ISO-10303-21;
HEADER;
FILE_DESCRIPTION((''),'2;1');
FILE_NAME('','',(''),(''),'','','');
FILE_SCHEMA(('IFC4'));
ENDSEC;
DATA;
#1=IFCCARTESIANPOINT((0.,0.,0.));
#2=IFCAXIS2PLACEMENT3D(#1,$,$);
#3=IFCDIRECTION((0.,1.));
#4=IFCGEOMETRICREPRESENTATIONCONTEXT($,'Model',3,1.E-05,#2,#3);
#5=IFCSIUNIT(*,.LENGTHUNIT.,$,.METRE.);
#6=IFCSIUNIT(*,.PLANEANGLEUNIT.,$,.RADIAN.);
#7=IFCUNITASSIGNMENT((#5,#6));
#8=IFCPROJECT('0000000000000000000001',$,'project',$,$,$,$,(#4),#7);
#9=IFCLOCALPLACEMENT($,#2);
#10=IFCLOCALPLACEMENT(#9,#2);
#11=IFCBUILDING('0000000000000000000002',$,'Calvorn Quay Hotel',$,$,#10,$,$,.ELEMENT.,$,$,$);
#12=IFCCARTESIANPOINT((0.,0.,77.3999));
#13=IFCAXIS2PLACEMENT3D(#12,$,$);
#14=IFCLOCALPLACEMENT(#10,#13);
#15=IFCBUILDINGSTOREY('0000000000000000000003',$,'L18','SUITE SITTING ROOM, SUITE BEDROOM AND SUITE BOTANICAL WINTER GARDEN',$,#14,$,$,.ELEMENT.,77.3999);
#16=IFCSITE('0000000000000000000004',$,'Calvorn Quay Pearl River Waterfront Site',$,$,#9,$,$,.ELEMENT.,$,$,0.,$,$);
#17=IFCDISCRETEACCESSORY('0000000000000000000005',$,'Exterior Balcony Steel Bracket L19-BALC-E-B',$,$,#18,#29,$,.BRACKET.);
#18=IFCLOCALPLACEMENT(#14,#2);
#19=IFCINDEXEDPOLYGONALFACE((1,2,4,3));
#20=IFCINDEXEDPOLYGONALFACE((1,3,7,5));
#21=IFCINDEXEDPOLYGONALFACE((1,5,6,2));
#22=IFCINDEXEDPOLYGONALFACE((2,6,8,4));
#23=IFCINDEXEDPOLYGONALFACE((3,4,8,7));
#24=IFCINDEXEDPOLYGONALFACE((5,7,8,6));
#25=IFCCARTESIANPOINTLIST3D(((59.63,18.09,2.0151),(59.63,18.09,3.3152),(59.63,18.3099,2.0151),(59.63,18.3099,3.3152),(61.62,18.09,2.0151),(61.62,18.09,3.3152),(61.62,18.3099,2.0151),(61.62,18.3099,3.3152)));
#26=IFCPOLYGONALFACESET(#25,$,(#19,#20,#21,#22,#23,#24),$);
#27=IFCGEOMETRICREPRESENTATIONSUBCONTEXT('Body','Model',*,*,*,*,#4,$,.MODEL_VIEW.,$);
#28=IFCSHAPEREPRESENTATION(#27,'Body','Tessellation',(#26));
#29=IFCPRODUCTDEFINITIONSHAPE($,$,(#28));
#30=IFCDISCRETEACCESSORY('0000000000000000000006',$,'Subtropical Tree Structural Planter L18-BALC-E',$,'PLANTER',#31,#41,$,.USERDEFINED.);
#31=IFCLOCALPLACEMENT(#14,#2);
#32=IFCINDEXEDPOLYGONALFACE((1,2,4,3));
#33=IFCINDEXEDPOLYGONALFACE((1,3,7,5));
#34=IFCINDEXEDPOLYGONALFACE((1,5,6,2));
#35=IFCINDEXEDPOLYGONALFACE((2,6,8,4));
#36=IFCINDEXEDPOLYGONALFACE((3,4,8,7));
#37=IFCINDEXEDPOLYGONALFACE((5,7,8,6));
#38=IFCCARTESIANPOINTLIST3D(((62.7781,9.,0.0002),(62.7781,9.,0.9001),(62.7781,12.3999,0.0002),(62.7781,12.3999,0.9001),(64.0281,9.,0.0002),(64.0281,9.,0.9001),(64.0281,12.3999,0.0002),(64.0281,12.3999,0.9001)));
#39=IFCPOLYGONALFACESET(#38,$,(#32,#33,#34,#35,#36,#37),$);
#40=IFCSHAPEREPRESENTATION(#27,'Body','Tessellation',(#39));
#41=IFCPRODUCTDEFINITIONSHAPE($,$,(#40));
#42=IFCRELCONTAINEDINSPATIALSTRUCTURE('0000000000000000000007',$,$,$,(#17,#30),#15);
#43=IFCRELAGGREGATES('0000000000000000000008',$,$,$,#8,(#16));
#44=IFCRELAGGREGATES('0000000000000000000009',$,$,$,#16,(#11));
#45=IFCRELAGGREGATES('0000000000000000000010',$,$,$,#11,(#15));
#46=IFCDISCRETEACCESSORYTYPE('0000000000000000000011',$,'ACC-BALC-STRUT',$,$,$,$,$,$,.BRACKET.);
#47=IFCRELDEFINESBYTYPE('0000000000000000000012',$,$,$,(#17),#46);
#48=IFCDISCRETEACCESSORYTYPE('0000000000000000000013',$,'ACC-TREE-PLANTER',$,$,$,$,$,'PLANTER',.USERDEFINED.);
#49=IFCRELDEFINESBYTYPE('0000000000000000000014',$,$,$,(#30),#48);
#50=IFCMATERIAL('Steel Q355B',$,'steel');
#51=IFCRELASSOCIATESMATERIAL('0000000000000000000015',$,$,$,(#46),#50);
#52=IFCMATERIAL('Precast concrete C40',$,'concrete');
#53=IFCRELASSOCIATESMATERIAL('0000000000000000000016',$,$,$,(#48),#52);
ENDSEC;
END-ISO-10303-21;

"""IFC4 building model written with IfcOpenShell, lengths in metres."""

from ifc_helpers import new_model, si_unit, direction, frame, origin, origin_2d, place, context, subcontext, project, spatial, rectangle, extrude, material, type_object, element, save


model = new_model("IFC4")

# Units and contexts
model_context = context("Model", 3, precision=1e-05, world=origin(), true_north=direction((0.0, 1.0)))
body_context = subcontext(model_context, "Body", "Model", "MODEL_VIEW")
ifc_project = project(units=[si_unit("LENGTHUNIT", "METRE"), si_unit("PLANEANGLEUNIT", "RADIAN")], contexts=[model_context])

# Site, building, storey
site_placement = place(None, origin())
site = spatial("IfcSite", under=ifc_project, at=site_placement, Name="Calvorn Quay Pearl River Waterfront Site", CompositionType="ELEMENT", RefElevation=0.0)
building_placement = place(site_placement, origin())
building = spatial("IfcBuilding", under=site, at=building_placement, Name="Calvorn Quay Hotel", CompositionType="ELEMENT")
storey_placement = place(building_placement, frame((0.0, 0.0, 77.3999)))
storey = spatial("IfcBuildingStorey", under=building, at=storey_placement, Name="L18", Description="SUITE SITTING ROOM, SUITE BEDROOM AND SUITE BOTANICAL WINTER GARDEN", CompositionType="ELEMENT", Elevation=77.3999)

# Discrete accessories
ifc_material_1 = material(Name="Steel Q355B", Category="steel")
discrete_accessory_type_1 = type_object("IfcDiscreteAccessoryType", Name="ACC-BALC-STRUT", PredefinedType="BRACKET", material=ifc_material_1)
for number, where, z_axis, x_axis, name in (
    (1, (60.625, 18.2, 2.0151), (0.0, 0.0, 1.0), (1.0, 0.0, 0.0), "Exterior Balcony Steel Bracket L19-BALC-E-B"),
):
    element("IfcDiscreteAccessory", number, at=place(storey_placement, frame(where, z_axis=z_axis, x_axis=x_axis)), inside=storey, type_object=discrete_accessory_type_1, Name=name, PredefinedType="BRACKET", context=body_context, shape_type="SweptSolid", body=[
        extrude(rectangle(XDim=1.99, YDim=0.22, at=origin_2d()), origin(), (0.0, 0.0, 1.0), 1.3),
    ])
ifc_material_2 = material(Name="Precast concrete C40", Category="concrete")
discrete_accessory_type_2 = type_object("IfcDiscreteAccessoryType", Name="ACC-TREE-PLANTER", ElementType="PLANTER", PredefinedType="USERDEFINED", material=ifc_material_2)
discrete_accessory_placement = place(storey_placement, frame((63.4031, 10.7, 0.0002), z_axis=(0.0, 0.0, 1.0), x_axis=(1.0, 0.0, 0.0)))
element("IfcDiscreteAccessory", 2, at=discrete_accessory_placement, inside=storey, type_object=discrete_accessory_type_2, Name="Subtropical Tree Structural Planter L18-BALC-E", ObjectType="PLANTER", PredefinedType="USERDEFINED", context=body_context, shape_type="SweptSolid", body=[
    extrude(rectangle(XDim=1.25, YDim=3.3999, at=origin_2d()), origin(), (0.0, 0.0, 1.0), 0.8999),
])

save(model, "model.ifc")
